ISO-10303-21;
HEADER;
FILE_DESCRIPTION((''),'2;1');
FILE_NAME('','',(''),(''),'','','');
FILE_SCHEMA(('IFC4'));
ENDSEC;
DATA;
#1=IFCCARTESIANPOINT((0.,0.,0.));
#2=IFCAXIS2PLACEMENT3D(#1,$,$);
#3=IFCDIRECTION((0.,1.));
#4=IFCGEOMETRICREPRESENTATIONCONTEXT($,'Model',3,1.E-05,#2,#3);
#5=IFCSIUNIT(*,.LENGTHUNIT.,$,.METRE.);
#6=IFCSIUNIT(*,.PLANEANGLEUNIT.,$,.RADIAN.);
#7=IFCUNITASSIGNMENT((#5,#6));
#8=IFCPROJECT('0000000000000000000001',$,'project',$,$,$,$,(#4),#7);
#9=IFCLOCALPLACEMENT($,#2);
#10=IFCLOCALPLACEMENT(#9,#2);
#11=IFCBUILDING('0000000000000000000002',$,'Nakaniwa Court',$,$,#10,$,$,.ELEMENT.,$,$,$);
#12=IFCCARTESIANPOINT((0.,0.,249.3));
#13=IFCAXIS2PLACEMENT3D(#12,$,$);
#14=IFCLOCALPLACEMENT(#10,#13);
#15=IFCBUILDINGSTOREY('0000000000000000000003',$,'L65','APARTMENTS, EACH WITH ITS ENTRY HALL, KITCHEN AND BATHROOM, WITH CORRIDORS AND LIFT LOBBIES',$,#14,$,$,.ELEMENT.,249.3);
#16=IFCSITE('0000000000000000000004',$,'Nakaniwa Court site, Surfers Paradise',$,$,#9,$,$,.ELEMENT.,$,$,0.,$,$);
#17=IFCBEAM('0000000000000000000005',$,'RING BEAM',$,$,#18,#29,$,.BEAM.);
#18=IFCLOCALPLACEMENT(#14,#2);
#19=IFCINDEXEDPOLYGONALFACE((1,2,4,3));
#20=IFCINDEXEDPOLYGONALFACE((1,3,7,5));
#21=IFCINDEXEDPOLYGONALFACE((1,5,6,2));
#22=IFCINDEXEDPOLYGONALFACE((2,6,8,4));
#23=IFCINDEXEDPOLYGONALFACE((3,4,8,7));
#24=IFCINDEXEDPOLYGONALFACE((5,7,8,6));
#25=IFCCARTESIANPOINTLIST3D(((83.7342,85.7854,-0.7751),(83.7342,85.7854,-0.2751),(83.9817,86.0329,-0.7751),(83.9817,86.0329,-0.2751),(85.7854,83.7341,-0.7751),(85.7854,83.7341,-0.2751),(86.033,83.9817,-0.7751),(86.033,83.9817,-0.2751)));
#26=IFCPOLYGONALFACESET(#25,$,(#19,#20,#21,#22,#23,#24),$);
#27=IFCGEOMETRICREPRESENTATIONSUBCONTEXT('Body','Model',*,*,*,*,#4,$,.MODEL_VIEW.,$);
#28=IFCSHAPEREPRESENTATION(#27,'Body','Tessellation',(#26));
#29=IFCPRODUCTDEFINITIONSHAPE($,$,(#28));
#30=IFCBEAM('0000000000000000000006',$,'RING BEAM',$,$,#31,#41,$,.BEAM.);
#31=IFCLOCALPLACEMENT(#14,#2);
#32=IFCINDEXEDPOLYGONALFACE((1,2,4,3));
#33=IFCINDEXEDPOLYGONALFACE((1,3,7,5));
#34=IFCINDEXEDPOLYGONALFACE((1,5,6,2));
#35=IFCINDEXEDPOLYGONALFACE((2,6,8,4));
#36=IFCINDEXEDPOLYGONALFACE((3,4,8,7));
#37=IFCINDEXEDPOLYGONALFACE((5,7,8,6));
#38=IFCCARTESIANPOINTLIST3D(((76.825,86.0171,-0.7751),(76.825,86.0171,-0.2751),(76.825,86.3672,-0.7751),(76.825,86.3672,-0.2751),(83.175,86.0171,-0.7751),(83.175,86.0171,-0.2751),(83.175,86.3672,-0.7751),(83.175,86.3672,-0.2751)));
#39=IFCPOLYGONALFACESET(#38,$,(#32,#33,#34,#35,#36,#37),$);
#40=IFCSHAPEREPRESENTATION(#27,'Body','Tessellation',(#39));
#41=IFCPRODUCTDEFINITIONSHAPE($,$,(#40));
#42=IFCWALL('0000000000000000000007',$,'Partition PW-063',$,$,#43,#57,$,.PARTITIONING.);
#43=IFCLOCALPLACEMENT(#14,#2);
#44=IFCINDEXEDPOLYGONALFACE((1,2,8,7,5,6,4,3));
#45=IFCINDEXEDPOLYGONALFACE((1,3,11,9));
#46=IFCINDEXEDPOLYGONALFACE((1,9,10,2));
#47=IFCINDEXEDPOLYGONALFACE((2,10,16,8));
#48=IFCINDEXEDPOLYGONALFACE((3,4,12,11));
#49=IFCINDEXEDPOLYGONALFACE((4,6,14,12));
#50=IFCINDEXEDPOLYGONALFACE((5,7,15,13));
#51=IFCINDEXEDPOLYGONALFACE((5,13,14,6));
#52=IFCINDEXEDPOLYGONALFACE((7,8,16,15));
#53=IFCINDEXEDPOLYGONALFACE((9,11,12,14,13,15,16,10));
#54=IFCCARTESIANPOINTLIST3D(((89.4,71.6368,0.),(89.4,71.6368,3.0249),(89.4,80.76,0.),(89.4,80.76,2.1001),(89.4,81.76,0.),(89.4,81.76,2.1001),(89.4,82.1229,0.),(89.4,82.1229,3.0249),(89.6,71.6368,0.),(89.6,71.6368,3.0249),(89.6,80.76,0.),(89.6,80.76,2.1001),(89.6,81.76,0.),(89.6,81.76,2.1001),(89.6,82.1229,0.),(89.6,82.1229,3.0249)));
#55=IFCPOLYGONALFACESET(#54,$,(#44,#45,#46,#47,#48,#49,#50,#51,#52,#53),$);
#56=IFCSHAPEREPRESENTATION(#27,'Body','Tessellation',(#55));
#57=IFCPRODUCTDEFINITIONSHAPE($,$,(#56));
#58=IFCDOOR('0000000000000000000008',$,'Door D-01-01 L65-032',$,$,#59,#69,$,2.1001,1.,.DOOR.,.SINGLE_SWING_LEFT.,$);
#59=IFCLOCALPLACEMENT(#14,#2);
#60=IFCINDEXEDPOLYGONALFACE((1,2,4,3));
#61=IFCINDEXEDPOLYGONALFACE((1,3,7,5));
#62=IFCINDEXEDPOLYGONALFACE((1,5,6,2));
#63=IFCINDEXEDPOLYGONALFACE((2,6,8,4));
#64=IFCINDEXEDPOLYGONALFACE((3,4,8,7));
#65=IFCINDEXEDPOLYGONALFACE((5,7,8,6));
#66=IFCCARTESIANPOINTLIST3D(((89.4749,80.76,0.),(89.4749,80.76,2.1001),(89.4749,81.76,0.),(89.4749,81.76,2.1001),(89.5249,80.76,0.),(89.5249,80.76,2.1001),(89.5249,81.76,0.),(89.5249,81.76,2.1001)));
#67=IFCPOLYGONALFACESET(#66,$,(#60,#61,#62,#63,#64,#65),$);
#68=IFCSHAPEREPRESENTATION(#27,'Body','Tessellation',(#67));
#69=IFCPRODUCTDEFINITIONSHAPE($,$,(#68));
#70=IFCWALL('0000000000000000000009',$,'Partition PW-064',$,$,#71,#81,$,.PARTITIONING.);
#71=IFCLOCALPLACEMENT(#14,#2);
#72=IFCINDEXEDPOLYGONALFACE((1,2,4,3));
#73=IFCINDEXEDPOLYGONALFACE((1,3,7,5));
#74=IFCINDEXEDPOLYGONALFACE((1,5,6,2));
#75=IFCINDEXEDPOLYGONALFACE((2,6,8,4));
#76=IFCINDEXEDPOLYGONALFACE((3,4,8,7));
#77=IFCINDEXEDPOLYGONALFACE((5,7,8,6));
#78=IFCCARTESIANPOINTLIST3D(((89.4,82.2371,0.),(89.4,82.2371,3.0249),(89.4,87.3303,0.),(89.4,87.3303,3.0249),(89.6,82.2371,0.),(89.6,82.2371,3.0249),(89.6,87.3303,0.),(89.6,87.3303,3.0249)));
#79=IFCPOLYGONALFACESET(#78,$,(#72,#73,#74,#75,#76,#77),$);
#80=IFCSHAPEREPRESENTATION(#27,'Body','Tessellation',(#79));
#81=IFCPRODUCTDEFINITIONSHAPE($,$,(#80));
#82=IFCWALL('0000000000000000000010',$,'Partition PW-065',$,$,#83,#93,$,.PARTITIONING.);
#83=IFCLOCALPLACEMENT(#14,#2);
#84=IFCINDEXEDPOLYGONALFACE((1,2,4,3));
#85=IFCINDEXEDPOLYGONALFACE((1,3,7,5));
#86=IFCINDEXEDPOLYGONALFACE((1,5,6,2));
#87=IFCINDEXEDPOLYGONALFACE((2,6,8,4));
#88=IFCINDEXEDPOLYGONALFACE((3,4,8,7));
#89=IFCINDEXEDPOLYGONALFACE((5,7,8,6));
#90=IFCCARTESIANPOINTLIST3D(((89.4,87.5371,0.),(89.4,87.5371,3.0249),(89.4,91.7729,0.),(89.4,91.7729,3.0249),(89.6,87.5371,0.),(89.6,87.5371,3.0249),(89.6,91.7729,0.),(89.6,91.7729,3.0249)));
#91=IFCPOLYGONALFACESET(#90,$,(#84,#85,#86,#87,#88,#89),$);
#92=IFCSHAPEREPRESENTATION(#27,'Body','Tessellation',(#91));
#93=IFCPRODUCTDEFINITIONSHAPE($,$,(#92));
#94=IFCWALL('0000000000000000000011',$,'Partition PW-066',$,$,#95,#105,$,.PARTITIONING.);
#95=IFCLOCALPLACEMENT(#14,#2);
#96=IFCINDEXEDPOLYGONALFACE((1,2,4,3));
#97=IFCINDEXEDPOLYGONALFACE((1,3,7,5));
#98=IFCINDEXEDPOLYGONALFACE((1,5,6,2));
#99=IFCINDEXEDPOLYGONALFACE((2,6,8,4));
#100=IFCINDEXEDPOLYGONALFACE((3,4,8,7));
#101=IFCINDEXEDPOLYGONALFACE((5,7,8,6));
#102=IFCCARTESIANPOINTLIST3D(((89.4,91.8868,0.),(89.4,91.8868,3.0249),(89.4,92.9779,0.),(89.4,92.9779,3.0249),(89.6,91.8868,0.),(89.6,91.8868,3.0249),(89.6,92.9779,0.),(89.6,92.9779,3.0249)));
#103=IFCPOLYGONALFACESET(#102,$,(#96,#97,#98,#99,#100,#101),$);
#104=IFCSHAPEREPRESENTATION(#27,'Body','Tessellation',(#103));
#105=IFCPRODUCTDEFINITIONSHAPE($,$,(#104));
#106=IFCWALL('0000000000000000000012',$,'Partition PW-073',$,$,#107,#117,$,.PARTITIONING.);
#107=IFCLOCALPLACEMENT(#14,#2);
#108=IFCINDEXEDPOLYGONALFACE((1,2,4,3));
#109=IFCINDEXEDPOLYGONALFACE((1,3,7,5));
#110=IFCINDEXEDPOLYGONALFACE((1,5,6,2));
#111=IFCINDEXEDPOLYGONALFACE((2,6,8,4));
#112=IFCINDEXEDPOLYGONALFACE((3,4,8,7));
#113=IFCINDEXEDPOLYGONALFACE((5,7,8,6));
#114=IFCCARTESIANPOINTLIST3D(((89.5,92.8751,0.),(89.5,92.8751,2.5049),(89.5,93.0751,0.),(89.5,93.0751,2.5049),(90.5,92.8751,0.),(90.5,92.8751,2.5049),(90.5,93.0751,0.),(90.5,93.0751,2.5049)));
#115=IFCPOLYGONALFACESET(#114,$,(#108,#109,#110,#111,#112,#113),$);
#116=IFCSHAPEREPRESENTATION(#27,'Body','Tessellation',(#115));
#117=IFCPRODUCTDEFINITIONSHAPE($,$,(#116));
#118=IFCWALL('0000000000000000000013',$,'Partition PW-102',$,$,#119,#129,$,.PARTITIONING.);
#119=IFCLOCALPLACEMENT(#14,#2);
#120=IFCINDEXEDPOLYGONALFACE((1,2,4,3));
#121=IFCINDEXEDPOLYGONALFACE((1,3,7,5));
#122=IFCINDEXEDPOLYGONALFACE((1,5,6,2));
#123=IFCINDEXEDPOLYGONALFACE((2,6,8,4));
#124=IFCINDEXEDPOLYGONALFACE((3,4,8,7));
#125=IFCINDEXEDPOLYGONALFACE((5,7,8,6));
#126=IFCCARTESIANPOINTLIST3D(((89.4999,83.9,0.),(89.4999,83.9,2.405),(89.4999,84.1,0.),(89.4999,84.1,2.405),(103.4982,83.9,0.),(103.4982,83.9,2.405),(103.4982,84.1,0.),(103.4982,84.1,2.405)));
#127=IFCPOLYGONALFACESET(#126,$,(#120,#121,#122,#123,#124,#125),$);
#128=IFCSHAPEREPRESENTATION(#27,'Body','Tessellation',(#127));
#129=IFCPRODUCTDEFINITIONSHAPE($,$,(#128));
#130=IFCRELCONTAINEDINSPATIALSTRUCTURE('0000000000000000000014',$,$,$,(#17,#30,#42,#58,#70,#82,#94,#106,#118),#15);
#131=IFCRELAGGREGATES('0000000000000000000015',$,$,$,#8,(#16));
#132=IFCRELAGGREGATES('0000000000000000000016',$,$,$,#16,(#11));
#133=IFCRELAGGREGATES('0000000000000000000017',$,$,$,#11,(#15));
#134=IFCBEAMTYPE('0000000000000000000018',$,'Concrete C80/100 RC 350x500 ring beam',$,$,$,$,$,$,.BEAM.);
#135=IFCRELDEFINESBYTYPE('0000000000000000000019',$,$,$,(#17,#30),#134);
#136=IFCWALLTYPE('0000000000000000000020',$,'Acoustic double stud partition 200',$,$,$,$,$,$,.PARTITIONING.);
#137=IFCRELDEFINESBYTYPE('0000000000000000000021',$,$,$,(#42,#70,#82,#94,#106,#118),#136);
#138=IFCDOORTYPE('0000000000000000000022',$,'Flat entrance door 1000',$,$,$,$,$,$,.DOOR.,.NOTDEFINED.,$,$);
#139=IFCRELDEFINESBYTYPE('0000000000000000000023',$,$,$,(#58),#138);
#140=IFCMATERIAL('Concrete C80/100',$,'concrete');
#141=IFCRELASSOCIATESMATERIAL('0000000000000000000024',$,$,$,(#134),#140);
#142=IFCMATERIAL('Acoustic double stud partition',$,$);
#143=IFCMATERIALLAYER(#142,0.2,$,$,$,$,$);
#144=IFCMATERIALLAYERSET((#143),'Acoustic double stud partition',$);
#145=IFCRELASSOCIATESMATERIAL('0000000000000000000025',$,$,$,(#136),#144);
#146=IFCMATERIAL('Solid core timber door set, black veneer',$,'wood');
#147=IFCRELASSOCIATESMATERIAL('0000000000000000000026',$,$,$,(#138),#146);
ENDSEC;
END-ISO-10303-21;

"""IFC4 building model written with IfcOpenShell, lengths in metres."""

from ifc_helpers import new_model, si_unit, direction, frame, frame_2d, origin, origin_2d, place, context, subcontext, project, spatial, rectangle, extrude, material, layer, layer_set, material_profile, profile_set, type_object, element, fill, save


model = new_model("IFC4")

# Units and contexts
model_context = context("Model", 3, precision=1e-05, world=origin(), true_north=direction((0.0, 1.0)))
body_context = subcontext(model_context, "Body", "Model", "MODEL_VIEW")
ifc_project = project(units=[si_unit("LENGTHUNIT", "METRE"), si_unit("PLANEANGLEUNIT", "RADIAN")], contexts=[model_context])

# Site, building, storey
site_placement = place(None, origin())
site = spatial("IfcSite", under=ifc_project, at=site_placement, Name="Nakaniwa Court site, Surfers Paradise", CompositionType="ELEMENT", RefElevation=0.0)
building_placement = place(site_placement, origin())
building = spatial("IfcBuilding", under=site, at=building_placement, Name="Nakaniwa Court", CompositionType="ELEMENT")
storey_placement = place(building_placement, frame((0.0, 0.0, 249.3)))
storey = spatial("IfcBuildingStorey", under=building, at=storey_placement, Name="L65", Description="APARTMENTS, EACH WITH ITS ENTRY HALL, KITCHEN AND BATHROOM, WITH CORRIDORS AND LIFT LOBBIES", CompositionType="ELEMENT", Elevation=249.3)

# Shared definitions
ifc_material_1 = material(Name="Concrete C80/100", Category="concrete")

# Beams
ifc_material_profile_1 = material_profile(ifc_material_1, rectangle(XDim=0.3501, YDim=0.5, at=origin_2d()), Name="Concrete C80/100 RC 350x500 ring beam")
ifc_profile_set_1 = profile_set([ifc_material_profile_1], Name="Concrete C80/100")
beam_type = type_object("IfcBeamType", Name="Concrete C80/100 RC 350x500 ring beam", PredefinedType="BEAM", material=ifc_profile_set_1)
beam_1_placement = place(storey_placement, frame((85.9092, 83.8579, -0.5251), z_axis=(-0.707107, 0.707107, 0.0), x_axis=(-0.707107, -0.707107, 0.0)))
element("IfcBeam", 1, at=beam_1_placement, inside=storey, type_object=beam_type, Name="RING BEAM", PredefinedType="BEAM", context=body_context, shape_type="SweptSolid", body=[
    extrude(rectangle(XDim=0.3501, YDim=0.5, at=origin_2d()), origin(), (0.0, 0.0, 1.0), 2.9009),
])
beam_2_placement = place(storey_placement, frame((83.175, 86.1921, -0.5251), z_axis=(-1.0, 0.0, 0.0), x_axis=(0.0, -1.0, 0.0)))
element("IfcBeam", 2, at=beam_2_placement, inside=storey, type_object=beam_type, Name="RING BEAM", PredefinedType="BEAM", context=body_context, shape_type="SweptSolid", body=[
    extrude(rectangle(XDim=0.3501, YDim=0.5, at=origin_2d()), origin(), (0.0, 0.0, 1.0), 6.3501),
])

# Wall, opening, door
ifc_material_2 = material(Name="Acoustic double stud partition")
ifc_layer_1 = layer(ifc_material_2, 0.2)
ifc_layer_set_1 = layer_set([ifc_layer_1], Name="Acoustic double stud partition")
wall_type_1 = type_object("IfcWallType", Name="Acoustic double stud partition 200", PredefinedType="PARTITIONING", material=ifc_layer_set_1)
wall_1_placement = place(storey_placement, frame((89.5, 82.123, 0.0), z_axis=(0.0, 0.0, 1.0), x_axis=(0.0, -1.0, 0.0)))
wall_1 = element("IfcWall", 3, at=wall_1_placement, inside=storey, type_object=wall_type_1, Name="Partition PW-063", PredefinedType="PARTITIONING", context=body_context, shape_type="SweptSolid", body=[
    extrude(rectangle(XDim=10.4861, YDim=0.2, at=frame_2d((5.2432, 0.0))), origin(), (0.0, 0.0, 1.0), 3.0249),
])
opening_1_placement = place(wall_1_placement, frame((0.363, 0.0, 0.0)))
opening_1 = element("IfcOpeningElement", 4, at=opening_1_placement, cuts=wall_1, PredefinedType="OPENING", context=body_context, shape_type="SweptSolid", body=[
    extrude(rectangle(XDim=1.0, YDim=2.1001, at=frame_2d((0.5, 1.05))), frame((0.0, 0.1099, 0.0), z_axis=(0.0, -1.0, 0.0), x_axis=(1.0, 0.0, 0.0)), (0.0, 0.0, 1.0), 0.22),
])
ifc_material_3 = material(Name="Solid core timber door set, black veneer", Category="wood")
door_type_1 = type_object("IfcDoorType", Name="Flat entrance door 1000", OperationType="NOTDEFINED", PredefinedType="DOOR", material=ifc_material_3)
door_1_placement = place(opening_1_placement, origin())
door_1 = element("IfcDoor", 5, at=door_1_placement, inside=storey, type_object=door_type_1, Name="Door D-01-01 L65-032", OperationType="SINGLE_SWING_LEFT", OverallHeight=2.1001, OverallWidth=1.0, PredefinedType="DOOR", context=body_context, shape_type="SweptSolid", body=[
    extrude(rectangle(XDim=1.0, YDim=2.1001, at=frame_2d((0.5, 1.05))), frame((0.0, 0.0249, 0.0), z_axis=(0.0, -1.0, 0.0), x_axis=(1.0, 0.0, 0.0)), (0.0, 0.0, 1.0), 0.05),
])
fill(opening_1, door_1)

# Walls
wall_2_placement = place(storey_placement, frame((89.5, 82.2371, 0.0), z_axis=(0.0, 0.0, 1.0), x_axis=(0.0, 1.0, 0.0)))
element("IfcWall", 6, at=wall_2_placement, inside=storey, type_object=wall_type_1, Name="Partition PW-064", PredefinedType="PARTITIONING", context=body_context, shape_type="SweptSolid", body=[
    extrude(rectangle(XDim=5.0933, YDim=0.2, at=frame_2d((2.5466, 0.0))), origin(), (0.0, 0.0, 1.0), 3.0249),
])
wall_3_placement = place(storey_placement, frame((89.5, 87.5371, 0.0), z_axis=(0.0, 0.0, 1.0), x_axis=(0.0, 1.0, 0.0)))
element("IfcWall", 7, at=wall_3_placement, inside=storey, type_object=wall_type_1, Name="Partition PW-065", PredefinedType="PARTITIONING", context=body_context, shape_type="SweptSolid", body=[
    extrude(rectangle(XDim=4.2358, YDim=0.2, at=frame_2d((2.1179, 0.0))), origin(), (0.0, 0.0, 1.0), 3.0249),
])
wall_4_placement = place(storey_placement, frame((89.5, 91.887, 0.0), z_axis=(0.0, 0.0, 1.0), x_axis=(0.0, 1.0, 0.0)))
element("IfcWall", 8, at=wall_4_placement, inside=storey, type_object=wall_type_1, Name="Partition PW-066", PredefinedType="PARTITIONING", context=body_context, shape_type="SweptSolid", body=[
    extrude(rectangle(XDim=1.0911, YDim=0.2, at=frame_2d((0.5454, 0.0))), origin(), (0.0, 0.0, 1.0), 3.0249),
])
wall_5_placement = place(storey_placement, frame((89.5, 92.9751, 0.0), z_axis=(0.0, 0.0, 1.0), x_axis=(1.0, 0.0, 0.0)))
element("IfcWall", 9, at=wall_5_placement, inside=storey, type_object=wall_type_1, Name="Partition PW-073", PredefinedType="PARTITIONING", context=body_context, shape_type="SweptSolid", body=[
    extrude(rectangle(XDim=1.0, YDim=0.2, at=frame_2d((0.5, 0.0))), origin(), (0.0, 0.0, 1.0), 2.5049),
])
wall_6_placement = place(storey_placement, frame((89.5, 84.0, 0.0), z_axis=(0.0, 0.0, 1.0), x_axis=(1.0, 0.0, 0.0)))
element("IfcWall", 10, at=wall_6_placement, inside=storey, type_object=wall_type_1, Name="Partition PW-102", PredefinedType="PARTITIONING", context=body_context, shape_type="SweptSolid", body=[
    extrude(rectangle(XDim=13.9983, YDim=0.2, at=frame_2d((6.999, 0.0))), origin(), (0.0, 0.0, 1.0), 2.405),
])

save(model, "model.ifc")
